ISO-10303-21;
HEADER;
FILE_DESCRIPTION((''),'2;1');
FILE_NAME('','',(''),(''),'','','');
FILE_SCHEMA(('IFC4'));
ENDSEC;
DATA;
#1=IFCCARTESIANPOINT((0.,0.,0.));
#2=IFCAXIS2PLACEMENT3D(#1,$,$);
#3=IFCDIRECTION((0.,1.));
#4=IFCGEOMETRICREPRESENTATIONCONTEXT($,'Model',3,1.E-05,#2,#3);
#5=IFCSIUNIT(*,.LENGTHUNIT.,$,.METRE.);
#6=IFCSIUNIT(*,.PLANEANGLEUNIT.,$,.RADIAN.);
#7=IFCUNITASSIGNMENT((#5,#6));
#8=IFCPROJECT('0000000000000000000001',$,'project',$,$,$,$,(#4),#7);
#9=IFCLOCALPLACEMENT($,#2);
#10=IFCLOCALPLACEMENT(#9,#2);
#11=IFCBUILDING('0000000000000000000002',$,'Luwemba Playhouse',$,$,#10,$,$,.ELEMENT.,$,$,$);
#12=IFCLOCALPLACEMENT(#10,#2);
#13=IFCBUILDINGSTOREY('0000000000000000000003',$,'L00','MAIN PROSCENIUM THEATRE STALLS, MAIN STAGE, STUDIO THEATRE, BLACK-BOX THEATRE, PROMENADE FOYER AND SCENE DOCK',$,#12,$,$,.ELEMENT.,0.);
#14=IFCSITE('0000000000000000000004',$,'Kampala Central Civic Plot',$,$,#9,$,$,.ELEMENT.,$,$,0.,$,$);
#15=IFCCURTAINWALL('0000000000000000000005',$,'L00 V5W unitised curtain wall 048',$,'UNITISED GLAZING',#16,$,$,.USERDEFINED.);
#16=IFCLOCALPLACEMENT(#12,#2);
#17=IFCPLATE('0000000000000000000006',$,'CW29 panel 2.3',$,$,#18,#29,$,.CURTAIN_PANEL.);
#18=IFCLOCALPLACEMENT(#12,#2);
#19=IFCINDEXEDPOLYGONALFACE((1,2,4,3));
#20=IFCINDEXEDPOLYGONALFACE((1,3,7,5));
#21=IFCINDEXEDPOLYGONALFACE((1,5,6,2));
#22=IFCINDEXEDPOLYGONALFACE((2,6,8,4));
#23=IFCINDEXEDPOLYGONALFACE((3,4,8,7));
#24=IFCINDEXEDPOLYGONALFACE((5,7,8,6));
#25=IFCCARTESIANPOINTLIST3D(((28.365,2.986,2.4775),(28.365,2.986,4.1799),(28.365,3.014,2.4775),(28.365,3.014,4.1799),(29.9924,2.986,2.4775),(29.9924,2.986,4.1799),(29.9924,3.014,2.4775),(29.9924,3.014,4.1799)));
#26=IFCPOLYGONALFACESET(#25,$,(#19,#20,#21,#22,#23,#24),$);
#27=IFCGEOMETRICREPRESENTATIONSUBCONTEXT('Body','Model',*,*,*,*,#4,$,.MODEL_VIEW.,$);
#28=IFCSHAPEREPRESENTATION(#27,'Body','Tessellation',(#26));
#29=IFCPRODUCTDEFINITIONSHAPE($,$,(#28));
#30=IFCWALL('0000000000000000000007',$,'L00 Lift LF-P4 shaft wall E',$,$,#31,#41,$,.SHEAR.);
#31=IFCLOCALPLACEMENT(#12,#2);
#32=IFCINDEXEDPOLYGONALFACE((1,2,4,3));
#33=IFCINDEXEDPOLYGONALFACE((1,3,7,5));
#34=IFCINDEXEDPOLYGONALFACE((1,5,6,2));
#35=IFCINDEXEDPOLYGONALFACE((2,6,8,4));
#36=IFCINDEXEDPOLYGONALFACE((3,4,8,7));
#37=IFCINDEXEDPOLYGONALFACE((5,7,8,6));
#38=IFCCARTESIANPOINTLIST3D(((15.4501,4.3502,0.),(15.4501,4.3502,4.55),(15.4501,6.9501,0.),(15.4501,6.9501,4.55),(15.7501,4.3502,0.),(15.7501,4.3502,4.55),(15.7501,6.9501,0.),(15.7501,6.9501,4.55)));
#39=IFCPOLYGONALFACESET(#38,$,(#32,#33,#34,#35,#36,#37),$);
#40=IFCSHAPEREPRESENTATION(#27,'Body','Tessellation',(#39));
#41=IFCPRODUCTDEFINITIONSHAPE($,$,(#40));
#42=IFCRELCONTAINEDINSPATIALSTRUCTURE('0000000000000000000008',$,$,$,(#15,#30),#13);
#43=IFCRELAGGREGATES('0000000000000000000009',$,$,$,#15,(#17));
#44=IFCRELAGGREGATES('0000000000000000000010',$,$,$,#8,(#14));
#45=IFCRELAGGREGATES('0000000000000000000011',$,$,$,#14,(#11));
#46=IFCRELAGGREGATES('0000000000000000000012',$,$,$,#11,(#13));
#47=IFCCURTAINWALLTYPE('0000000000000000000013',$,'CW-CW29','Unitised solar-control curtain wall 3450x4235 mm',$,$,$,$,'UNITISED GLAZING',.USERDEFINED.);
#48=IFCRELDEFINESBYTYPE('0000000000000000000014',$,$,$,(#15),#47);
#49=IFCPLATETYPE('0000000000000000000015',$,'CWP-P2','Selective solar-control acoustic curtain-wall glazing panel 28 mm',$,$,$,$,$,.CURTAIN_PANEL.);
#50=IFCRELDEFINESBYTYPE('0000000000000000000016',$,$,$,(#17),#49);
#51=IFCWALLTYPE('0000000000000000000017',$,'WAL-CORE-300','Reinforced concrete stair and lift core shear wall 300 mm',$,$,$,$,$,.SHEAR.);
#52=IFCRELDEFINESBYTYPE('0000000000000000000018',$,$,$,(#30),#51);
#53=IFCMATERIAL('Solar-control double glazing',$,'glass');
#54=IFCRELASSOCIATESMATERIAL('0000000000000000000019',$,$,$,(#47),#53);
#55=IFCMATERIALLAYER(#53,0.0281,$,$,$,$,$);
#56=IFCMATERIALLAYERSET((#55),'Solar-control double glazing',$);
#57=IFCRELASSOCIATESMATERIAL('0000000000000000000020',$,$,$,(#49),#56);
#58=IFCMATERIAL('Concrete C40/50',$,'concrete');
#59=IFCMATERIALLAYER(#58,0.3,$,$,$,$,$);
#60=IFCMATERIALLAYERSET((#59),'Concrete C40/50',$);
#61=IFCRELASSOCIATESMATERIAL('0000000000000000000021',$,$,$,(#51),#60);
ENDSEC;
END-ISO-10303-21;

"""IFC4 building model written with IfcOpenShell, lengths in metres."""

from ifc_helpers import new_model, si_unit, direction, frame, frame_2d, origin, origin_2d, place, context, subcontext, project, spatial, rectangle, extrude, material, layer, layer_set, type_object, element, aggregate, save


model = new_model("IFC4")

# Units and contexts
model_context = context("Model", 3, precision=1e-05, world=origin(), true_north=direction((0.0, 1.0)))
body_context = subcontext(model_context, "Body", "Model", "MODEL_VIEW")
ifc_project = project(units=[si_unit("LENGTHUNIT", "METRE"), si_unit("PLANEANGLEUNIT", "RADIAN")], contexts=[model_context])

# Site, building, storey
site_placement = place(None, origin())
site = spatial("IfcSite", under=ifc_project, at=site_placement, Name="Kampala Central Civic Plot", CompositionType="ELEMENT", RefElevation=0.0)
building_placement = place(site_placement, origin())
building = spatial("IfcBuilding", under=site, at=building_placement, Name="Luwemba Playhouse", CompositionType="ELEMENT")
storey_placement = place(building_placement, origin())
storey = spatial("IfcBuildingStorey", under=building, at=storey_placement, Name="L00", Description="MAIN PROSCENIUM THEATRE STALLS, MAIN STAGE, STUDIO THEATRE, BLACK-BOX THEATRE, PROMENADE FOYER AND SCENE DOCK", CompositionType="ELEMENT", Elevation=0.0)

# Shared definitions
ifc_material_1 = material(Name="Concrete C40/50", Category="concrete")

# Curtain wall, plate
ifc_material_2 = material(Name="Solar-control double glazing", Category="glass")
curtain_wall_type = type_object("IfcCurtainWallType", Name="CW-CW29", Description="Unitised solar-control curtain wall 3450x4235 mm", ElementType="UNITISED GLAZING", PredefinedType="USERDEFINED", material=ifc_material_2)
curtain_wall_placement = place(storey_placement, origin())
curtain_wall = element("IfcCurtainWall", 1, at=curtain_wall_placement, inside=storey, type_object=curtain_wall_type, Name="L00 V5W unitised curtain wall 048", ObjectType="UNITISED GLAZING", PredefinedType="USERDEFINED")
ifc_layer_1 = layer(ifc_material_2, 0.0281)
ifc_layer_set_1 = layer_set([ifc_layer_1], Name="Solar-control double glazing")
plate_type = type_object("IfcPlateType", Name="CWP-P2", Description="Selective solar-control acoustic curtain-wall glazing panel 28 mm", PredefinedType="CURTAIN_PANEL", material=ifc_layer_set_1)
plate_1_placement = place(storey_placement, frame((29.1787, 3.0, 2.4775), z_axis=(0.0, 0.0, 1.0), x_axis=(-1.0, 0.0, 0.0)))
plate_1 = element("IfcPlate", 2, at=plate_1_placement, type_object=plate_type, Name="CW29 panel 2.3", PredefinedType="CURTAIN_PANEL", context=body_context, shape_type="SweptSolid", body=[
    extrude(rectangle(XDim=1.6274, YDim=0.0281, at=origin_2d()), origin(), (0.0, 0.0, 1.0), 1.7024),
])
aggregate(curtain_wall, [plate_1])

# Shared definitions
ifc_layer_2 = layer(ifc_material_1, 0.3)
ifc_layer_set_2 = layer_set([ifc_layer_2], Name="Concrete C40/50")
wall_type = type_object("IfcWallType", Name="WAL-CORE-300", Description="Reinforced concrete stair and lift core shear wall 300 mm", PredefinedType="SHEAR", material=ifc_layer_set_2)

# Wall
wall_1_placement = place(storey_placement, frame((15.6001, 6.95, 0.0), z_axis=(0.0, 0.0, 1.0), x_axis=(0.0, -1.0, 0.0)))
element("IfcWall", 3, at=wall_1_placement, inside=storey, type_object=wall_type, Name="L00 Lift LF-P4 shaft wall E", PredefinedType="SHEAR", context=body_context, shape_type="SweptSolid", body=[
    extrude(rectangle(XDim=2.5999, YDim=0.3, at=frame_2d((1.2998, 0.0))), origin(), (0.0, 0.0, 1.0), 4.55),
])

save(model, "model.ifc")
